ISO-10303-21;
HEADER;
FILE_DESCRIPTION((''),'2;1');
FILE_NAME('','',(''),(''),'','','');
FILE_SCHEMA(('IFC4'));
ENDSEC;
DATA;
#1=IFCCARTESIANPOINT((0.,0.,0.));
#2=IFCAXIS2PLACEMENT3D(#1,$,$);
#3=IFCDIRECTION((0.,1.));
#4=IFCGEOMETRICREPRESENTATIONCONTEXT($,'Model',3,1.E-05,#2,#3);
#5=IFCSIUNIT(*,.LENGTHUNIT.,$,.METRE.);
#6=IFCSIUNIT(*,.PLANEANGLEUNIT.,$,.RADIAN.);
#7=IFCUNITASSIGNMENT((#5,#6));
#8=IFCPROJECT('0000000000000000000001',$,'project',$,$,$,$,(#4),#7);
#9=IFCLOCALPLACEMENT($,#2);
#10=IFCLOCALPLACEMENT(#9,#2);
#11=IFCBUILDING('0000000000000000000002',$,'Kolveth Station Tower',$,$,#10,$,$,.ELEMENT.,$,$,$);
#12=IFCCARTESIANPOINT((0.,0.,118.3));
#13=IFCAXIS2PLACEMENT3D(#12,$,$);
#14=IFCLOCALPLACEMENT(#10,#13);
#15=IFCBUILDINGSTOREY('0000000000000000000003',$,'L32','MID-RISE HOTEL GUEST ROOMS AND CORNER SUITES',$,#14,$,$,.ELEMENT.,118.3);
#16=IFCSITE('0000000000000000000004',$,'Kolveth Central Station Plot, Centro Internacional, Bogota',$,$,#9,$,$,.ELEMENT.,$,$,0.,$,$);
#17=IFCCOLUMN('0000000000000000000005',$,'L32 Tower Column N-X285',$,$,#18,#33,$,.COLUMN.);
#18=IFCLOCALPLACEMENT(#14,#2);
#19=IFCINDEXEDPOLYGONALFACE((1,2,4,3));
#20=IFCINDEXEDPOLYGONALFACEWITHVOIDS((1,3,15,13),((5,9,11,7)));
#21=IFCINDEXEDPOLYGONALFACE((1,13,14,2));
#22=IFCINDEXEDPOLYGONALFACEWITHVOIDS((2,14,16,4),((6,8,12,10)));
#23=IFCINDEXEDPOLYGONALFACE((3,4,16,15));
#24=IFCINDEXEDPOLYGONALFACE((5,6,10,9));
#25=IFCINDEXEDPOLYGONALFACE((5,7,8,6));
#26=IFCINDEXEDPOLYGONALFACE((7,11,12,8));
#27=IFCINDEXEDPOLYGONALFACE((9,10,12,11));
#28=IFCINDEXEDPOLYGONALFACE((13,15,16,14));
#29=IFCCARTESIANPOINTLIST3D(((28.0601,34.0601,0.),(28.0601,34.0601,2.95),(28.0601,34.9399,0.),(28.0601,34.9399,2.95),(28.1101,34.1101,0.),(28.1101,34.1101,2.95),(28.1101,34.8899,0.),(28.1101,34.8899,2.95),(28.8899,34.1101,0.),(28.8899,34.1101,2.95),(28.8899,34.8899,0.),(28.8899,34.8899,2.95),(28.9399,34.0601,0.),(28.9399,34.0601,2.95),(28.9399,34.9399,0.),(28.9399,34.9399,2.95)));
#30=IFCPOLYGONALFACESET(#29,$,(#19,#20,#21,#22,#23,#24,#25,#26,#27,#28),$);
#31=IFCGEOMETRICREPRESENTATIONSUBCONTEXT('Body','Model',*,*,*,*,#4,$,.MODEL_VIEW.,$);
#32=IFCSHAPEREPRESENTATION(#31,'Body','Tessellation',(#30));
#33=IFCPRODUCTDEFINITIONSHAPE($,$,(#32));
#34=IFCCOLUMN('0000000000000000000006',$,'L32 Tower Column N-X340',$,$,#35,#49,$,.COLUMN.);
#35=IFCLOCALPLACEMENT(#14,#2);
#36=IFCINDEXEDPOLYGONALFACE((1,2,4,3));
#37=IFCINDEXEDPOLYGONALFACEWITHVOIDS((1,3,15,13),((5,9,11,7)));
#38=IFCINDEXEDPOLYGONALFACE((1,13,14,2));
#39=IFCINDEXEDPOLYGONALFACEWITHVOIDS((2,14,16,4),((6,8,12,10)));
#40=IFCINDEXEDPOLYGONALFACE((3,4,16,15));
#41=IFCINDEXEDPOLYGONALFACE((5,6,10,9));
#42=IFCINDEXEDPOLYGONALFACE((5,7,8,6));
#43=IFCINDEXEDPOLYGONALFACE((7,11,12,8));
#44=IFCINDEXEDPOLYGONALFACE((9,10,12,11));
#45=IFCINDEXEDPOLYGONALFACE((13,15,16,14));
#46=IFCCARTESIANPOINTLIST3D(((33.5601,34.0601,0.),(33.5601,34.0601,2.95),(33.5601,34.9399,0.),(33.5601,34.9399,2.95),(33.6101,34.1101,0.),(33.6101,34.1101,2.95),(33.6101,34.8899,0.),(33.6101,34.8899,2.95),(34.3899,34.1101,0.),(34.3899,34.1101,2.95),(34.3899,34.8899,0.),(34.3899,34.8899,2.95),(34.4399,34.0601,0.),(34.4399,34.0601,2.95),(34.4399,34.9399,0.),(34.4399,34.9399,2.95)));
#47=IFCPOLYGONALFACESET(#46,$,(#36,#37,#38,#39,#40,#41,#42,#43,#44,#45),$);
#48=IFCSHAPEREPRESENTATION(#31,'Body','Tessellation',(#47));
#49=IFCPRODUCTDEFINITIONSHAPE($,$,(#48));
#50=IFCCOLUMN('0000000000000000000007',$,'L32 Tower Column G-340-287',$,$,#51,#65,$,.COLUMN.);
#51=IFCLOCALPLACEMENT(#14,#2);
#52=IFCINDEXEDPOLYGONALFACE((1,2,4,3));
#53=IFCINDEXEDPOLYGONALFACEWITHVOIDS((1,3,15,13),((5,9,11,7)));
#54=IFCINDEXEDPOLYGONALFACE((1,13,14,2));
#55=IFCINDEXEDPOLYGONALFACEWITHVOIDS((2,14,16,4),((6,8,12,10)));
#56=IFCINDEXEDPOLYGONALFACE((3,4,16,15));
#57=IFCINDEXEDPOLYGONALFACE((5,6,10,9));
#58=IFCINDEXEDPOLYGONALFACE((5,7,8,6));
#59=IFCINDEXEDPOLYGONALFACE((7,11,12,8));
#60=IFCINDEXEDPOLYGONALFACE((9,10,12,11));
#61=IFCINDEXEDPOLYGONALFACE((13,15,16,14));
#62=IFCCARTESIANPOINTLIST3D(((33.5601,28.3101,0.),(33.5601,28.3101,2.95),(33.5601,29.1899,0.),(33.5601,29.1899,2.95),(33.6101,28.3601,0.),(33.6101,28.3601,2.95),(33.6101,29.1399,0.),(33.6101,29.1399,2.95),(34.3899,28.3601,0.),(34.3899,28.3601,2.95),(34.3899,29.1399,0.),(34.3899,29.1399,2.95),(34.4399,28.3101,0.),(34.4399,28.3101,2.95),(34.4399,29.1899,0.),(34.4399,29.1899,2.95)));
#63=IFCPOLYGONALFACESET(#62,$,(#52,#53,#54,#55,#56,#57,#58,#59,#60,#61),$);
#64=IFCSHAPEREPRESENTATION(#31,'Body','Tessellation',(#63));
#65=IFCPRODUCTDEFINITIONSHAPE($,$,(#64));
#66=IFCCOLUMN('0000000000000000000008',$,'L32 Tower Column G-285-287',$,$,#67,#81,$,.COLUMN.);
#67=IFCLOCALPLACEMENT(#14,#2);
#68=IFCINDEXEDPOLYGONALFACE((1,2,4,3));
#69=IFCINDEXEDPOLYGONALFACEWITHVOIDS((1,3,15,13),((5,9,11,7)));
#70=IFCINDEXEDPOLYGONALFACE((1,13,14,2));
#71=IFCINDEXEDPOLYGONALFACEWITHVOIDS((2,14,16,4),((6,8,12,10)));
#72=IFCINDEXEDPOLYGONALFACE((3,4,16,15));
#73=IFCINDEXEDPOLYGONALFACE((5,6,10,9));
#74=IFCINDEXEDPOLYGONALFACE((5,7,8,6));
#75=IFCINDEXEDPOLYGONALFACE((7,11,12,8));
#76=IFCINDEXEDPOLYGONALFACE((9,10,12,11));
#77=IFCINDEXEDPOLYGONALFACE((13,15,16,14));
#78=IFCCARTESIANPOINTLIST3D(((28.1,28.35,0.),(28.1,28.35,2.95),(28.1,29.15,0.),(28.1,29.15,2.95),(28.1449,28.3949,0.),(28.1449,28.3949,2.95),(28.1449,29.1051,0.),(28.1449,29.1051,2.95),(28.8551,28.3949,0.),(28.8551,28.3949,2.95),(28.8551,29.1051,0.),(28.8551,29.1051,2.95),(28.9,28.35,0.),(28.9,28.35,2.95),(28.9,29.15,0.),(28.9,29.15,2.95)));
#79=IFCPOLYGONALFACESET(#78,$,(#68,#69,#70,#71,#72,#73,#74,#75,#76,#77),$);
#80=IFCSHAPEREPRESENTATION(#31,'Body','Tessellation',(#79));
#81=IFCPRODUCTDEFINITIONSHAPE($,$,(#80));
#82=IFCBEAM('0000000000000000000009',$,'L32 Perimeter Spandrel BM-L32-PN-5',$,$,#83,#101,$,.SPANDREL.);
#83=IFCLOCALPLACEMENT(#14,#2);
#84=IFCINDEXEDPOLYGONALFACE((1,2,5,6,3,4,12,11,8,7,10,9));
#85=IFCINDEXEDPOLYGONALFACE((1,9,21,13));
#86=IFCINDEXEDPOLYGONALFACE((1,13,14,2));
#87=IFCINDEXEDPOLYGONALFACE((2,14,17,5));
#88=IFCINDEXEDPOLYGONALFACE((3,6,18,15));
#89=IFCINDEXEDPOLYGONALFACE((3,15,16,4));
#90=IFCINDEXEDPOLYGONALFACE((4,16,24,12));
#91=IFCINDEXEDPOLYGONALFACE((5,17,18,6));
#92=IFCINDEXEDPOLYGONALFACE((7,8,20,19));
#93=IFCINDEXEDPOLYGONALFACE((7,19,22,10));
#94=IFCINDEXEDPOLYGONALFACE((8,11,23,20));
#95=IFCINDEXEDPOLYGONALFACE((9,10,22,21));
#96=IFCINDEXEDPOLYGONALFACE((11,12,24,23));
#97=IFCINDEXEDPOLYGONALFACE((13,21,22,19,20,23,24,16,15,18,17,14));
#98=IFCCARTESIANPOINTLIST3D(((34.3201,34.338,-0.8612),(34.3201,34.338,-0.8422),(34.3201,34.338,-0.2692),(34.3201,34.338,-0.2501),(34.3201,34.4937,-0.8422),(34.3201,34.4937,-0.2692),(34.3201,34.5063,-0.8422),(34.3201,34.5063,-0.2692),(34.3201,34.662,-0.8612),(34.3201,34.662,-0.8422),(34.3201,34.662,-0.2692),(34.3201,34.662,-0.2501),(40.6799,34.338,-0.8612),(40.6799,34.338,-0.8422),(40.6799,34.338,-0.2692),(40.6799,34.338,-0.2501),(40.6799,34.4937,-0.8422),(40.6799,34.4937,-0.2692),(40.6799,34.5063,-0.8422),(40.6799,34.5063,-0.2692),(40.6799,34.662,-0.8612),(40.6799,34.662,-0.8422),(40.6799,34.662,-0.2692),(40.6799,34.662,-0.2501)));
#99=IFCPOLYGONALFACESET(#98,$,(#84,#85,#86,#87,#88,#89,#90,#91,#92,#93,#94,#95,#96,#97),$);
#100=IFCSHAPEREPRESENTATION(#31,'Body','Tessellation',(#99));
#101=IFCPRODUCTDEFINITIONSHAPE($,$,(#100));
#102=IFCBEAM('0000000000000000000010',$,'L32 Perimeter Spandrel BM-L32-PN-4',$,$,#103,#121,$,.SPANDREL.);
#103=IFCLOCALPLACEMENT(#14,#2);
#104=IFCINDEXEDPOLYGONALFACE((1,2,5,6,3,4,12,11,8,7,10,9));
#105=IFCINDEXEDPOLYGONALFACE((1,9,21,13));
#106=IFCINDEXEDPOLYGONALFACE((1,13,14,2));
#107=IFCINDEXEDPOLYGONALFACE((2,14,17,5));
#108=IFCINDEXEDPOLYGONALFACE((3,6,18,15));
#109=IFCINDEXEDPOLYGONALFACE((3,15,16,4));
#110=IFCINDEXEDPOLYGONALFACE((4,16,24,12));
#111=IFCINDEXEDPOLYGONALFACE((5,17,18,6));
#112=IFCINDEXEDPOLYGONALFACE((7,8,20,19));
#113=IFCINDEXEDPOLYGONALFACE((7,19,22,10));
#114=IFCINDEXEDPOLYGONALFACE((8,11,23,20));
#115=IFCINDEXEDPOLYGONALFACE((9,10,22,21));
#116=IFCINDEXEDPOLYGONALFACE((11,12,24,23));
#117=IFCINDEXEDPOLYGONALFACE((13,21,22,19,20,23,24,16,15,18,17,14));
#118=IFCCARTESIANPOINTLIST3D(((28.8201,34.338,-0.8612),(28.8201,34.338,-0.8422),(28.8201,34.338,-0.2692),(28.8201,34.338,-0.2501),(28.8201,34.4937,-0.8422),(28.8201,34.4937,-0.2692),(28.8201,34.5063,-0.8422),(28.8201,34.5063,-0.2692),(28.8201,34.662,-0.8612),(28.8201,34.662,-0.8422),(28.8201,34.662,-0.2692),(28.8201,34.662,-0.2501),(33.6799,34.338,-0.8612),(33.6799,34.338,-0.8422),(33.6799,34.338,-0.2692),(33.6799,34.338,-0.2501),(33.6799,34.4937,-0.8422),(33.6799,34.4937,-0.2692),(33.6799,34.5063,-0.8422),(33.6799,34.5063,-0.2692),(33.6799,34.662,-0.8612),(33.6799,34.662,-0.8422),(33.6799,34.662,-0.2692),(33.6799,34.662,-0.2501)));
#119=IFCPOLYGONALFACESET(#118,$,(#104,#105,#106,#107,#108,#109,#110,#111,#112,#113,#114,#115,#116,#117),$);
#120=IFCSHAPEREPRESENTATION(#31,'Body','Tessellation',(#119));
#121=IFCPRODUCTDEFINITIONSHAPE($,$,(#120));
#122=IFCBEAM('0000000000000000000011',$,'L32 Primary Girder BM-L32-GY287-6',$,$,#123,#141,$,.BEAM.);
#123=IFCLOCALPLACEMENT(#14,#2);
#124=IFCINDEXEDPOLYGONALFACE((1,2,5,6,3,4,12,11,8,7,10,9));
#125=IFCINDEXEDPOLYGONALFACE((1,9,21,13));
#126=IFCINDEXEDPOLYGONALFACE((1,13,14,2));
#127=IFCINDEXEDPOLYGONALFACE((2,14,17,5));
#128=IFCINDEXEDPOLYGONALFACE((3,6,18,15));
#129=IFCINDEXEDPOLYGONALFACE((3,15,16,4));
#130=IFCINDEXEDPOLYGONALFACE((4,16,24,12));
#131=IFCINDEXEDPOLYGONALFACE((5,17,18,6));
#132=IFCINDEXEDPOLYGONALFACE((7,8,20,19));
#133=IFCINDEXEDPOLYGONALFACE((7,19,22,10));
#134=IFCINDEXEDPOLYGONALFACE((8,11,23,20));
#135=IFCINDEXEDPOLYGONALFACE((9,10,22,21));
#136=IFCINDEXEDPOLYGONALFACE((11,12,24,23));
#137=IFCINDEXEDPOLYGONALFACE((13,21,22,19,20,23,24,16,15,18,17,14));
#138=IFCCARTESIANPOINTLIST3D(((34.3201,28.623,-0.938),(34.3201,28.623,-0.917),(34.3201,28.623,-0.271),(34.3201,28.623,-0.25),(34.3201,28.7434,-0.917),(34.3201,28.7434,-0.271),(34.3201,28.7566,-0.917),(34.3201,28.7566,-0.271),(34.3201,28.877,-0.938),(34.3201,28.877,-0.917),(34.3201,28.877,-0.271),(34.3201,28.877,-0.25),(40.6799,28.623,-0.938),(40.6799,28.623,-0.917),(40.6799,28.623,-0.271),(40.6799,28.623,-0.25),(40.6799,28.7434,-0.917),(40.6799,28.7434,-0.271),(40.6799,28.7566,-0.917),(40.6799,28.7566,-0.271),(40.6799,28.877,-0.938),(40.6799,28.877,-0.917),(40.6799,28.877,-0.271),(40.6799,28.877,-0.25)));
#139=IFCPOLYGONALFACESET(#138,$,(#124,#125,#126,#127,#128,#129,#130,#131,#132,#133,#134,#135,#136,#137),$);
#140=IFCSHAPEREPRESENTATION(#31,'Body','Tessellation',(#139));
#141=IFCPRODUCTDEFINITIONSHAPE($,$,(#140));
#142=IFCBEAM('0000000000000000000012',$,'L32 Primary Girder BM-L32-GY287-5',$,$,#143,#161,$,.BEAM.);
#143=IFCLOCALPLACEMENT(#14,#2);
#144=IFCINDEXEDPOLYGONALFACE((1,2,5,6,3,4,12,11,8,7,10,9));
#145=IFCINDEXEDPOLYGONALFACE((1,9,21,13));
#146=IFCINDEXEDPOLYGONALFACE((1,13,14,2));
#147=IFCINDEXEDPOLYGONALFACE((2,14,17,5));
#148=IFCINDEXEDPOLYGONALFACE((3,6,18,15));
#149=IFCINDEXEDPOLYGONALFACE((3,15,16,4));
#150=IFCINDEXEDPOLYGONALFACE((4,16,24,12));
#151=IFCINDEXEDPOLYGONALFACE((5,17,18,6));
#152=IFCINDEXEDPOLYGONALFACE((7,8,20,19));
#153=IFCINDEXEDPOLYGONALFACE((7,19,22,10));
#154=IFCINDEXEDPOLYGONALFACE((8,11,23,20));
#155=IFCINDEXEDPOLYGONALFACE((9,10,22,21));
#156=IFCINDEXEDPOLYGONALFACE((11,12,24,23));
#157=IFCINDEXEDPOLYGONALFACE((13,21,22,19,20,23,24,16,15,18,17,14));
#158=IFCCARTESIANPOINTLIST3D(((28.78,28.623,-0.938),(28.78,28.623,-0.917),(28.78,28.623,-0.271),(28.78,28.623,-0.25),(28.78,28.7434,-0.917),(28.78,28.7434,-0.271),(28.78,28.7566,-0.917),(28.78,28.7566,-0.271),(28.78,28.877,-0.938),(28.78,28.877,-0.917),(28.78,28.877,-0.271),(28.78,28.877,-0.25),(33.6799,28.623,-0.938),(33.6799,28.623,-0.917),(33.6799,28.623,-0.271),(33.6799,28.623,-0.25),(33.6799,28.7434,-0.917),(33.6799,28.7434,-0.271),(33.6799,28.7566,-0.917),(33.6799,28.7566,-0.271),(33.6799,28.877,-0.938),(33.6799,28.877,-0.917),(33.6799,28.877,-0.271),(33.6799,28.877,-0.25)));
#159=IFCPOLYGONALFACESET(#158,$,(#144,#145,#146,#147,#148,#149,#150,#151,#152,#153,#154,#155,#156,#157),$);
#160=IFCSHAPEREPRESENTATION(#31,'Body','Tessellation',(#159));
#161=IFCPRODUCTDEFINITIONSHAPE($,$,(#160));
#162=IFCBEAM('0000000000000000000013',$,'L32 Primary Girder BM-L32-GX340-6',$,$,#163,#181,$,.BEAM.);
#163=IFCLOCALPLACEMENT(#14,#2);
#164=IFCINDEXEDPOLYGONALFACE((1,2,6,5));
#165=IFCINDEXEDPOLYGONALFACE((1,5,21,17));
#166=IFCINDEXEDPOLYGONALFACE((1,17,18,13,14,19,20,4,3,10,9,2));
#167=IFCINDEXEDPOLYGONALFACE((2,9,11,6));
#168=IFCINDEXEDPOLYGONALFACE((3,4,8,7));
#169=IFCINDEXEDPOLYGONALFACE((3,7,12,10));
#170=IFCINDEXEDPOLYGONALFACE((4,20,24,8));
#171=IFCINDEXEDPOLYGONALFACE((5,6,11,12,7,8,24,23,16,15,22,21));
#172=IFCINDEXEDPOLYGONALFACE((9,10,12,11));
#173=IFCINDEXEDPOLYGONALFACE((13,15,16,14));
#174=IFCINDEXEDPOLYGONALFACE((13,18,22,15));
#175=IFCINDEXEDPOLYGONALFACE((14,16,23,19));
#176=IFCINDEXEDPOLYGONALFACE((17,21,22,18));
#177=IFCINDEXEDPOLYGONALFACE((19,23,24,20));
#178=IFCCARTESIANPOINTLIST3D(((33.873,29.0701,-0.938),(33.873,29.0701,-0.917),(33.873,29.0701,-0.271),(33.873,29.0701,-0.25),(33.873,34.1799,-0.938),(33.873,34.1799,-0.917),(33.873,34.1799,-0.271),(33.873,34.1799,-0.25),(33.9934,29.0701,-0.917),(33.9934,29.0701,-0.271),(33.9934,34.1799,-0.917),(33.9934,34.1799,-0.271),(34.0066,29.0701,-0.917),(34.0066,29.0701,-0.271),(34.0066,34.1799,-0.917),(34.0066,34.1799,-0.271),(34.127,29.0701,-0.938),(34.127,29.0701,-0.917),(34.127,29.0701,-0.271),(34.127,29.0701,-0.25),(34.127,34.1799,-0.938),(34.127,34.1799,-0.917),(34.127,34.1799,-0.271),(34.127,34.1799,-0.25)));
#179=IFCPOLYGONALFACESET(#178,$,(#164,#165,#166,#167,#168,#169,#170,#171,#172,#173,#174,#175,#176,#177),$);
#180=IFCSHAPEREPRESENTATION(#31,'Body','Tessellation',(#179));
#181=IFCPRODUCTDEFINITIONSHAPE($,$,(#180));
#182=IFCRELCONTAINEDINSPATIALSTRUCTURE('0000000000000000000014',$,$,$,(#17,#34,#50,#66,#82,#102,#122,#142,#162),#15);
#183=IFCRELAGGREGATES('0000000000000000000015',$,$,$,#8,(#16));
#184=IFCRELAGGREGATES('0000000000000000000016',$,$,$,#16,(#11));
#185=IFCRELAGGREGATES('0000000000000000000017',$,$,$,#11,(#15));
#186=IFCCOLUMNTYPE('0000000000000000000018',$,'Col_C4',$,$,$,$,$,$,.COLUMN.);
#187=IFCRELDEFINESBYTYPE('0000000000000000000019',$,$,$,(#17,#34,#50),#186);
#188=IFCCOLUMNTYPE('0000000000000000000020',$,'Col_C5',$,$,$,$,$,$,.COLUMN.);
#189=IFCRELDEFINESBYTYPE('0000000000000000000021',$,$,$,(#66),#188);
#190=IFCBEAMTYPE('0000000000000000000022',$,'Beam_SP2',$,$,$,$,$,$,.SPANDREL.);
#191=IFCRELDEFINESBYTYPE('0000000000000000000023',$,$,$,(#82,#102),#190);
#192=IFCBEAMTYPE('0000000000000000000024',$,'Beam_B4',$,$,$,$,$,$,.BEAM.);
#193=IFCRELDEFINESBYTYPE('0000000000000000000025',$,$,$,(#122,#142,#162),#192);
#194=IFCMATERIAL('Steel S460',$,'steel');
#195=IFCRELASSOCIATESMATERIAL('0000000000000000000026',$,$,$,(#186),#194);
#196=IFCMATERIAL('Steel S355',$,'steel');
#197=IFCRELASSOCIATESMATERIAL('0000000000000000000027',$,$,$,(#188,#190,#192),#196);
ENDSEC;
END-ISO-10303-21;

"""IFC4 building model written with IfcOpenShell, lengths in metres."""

from ifc_helpers import new_model, si_unit, direction, frame, origin, origin_2d, place, context, subcontext, project, spatial, hollow_rectangle, i_section, extrude, source, transform, mapped, material, material_profile, profile_set, type_object, element, save


model = new_model("IFC4")

# Units and contexts
model_context = context("Model", 3, precision=1e-05, world=origin(), true_north=direction((0.0, 1.0)))
body_context = subcontext(model_context, "Body", "Model", "MODEL_VIEW")
ifc_project = project(units=[si_unit("LENGTHUNIT", "METRE"), si_unit("PLANEANGLEUNIT", "RADIAN")], contexts=[model_context])

# Site, building, storey
site_placement = place(None, origin())
site = spatial("IfcSite", under=ifc_project, at=site_placement, Name="Kolveth Central Station Plot, Centro Internacional, Bogota", CompositionType="ELEMENT", RefElevation=0.0)
building_placement = place(site_placement, origin())
building = spatial("IfcBuilding", under=site, at=building_placement, Name="Kolveth Station Tower", CompositionType="ELEMENT")
storey_placement = place(building_placement, frame((0.0, 0.0, 118.3)))
storey = spatial("IfcBuildingStorey", under=building, at=storey_placement, Name="L32", Description="MID-RISE HOTEL GUEST ROOMS AND CORNER SUITES", CompositionType="ELEMENT", Elevation=118.3)

# Columns
ifc_material_1 = material(Name="Steel S460", Category="steel")
ifc_material_profile_1 = material_profile(ifc_material_1, hollow_rectangle(XDim=0.8799, YDim=0.8799, WallThickness=0.05, at=origin_2d()), Name="BOX880x880x50")
ifc_profile_set_1 = profile_set([ifc_material_profile_1], Name="Steel S460")
column_type_1 = type_object("IfcColumnType", Name="Col_C4", PredefinedType="COLUMN", material=ifc_profile_set_1)
shared_shape_1 = source(origin(), body_context, "Body", "SweptSolid", [
    extrude(hollow_rectangle(XDim=0.8799, YDim=0.8799, WallThickness=0.05, at=origin_2d()), origin(), (0.0, 0.0, 1.0), 2.95),
])
for number, where, z_axis, x_axis, name in (
    (1, (28.5, 34.5, 0.0), (0.0, 0.0, 1.0), (1.0, 0.0, 0.0), "L32 Tower Column N-X285"),
    (2, (34.0, 34.5, 0.0), (0.0, 0.0, 1.0), (1.0, 0.0, 0.0), "L32 Tower Column N-X340"),
    (3, (34.0, 28.75, 0.0), (0.0, 0.0, 1.0), (1.0, 0.0, 0.0), "L32 Tower Column G-340-287"),
):
    element("IfcColumn", number, at=place(storey_placement, frame(where, z_axis=z_axis, x_axis=x_axis)), inside=storey, type_object=column_type_1, Name=name, PredefinedType="COLUMN", context=body_context, shape_type="MappedRepresentation", body=[
        mapped(shared_shape_1, transform((0.0, 0.0, 0.0), x_axis=(1.0, 0.0, 0.0), y_axis=(0.0, 1.0, 0.0), z_axis=(0.0, 0.0, 1.0), scale=1.0)),
    ])
ifc_material_2 = material(Name="Steel S355", Category="steel")
ifc_material_profile_2 = material_profile(ifc_material_2, hollow_rectangle(XDim=0.8, YDim=0.8, WallThickness=0.0449, at=origin_2d()), Name="BOX800x800x45")
ifc_profile_set_2 = profile_set([ifc_material_profile_2], Name="Steel S355")
column_type_2 = type_object("IfcColumnType", Name="Col_C5", PredefinedType="COLUMN", material=ifc_profile_set_2)
shared_shape_2 = source(origin(), body_context, "Body", "SweptSolid", [
    extrude(hollow_rectangle(XDim=0.8, YDim=0.8, WallThickness=0.0449, at=origin_2d()), origin(), (0.0, 0.0, 1.0), 2.95),
])
column_placement = place(storey_placement, frame((28.5, 28.75, 0.0), z_axis=(0.0, 0.0, 1.0), x_axis=(1.0, 0.0, 0.0)))
element("IfcColumn", 4, at=column_placement, inside=storey, type_object=column_type_2, Name="L32 Tower Column G-285-287", PredefinedType="COLUMN", context=body_context, shape_type="MappedRepresentation", body=[
    mapped(shared_shape_2, transform((0.0, 0.0, 0.0), x_axis=(1.0, 0.0, 0.0), y_axis=(0.0, 1.0, 0.0), z_axis=(0.0, 0.0, 1.0), scale=1.0)),
])

# Beams
ifc_material_profile_3 = material_profile(ifc_material_2, i_section(OverallWidth=0.324, OverallDepth=0.6111, WebThickness=0.0127, FlangeThickness=0.019, at=origin_2d()), Name="W610x155")
ifc_profile_set_3 = profile_set([ifc_material_profile_3], Name="Steel S355")
beam_type_1 = type_object("IfcBeamType", Name="Beam_SP2", PredefinedType="SPANDREL", material=ifc_profile_set_3)
shared_shape_3 = source(origin(), body_context, "Body", "SweptSolid", [
    extrude(i_section(OverallWidth=0.324, OverallDepth=0.6111, WebThickness=0.0127, FlangeThickness=0.019, at=origin_2d()), origin(), (0.0, 0.0, 1.0), 6.3599),
])
beam_1_placement = place(storey_placement, frame((34.3201, 34.5, -0.5557), z_axis=(1.0, 0.0, 0.0), x_axis=(0.0, 1.0, 0.0)))
element("IfcBeam", 5, at=beam_1_placement, inside=storey, type_object=beam_type_1, Name="L32 Perimeter Spandrel BM-L32-PN-5", PredefinedType="SPANDREL", context=body_context, shape_type="MappedRepresentation", body=[
    mapped(shared_shape_3, transform((0.0, 0.0, 0.0), x_axis=(1.0, 0.0, 0.0), y_axis=(0.0, 1.0, 0.0), z_axis=(0.0, 0.0, 1.0), scale=1.0)),
])
shared_shape_4 = source(origin(), body_context, "Body", "SweptSolid", [
    extrude(i_section(OverallWidth=0.324, OverallDepth=0.6111, WebThickness=0.0127, FlangeThickness=0.019, at=origin_2d()), origin(), (0.0, 0.0, 1.0), 4.8599),
])
beam_2_placement = place(storey_placement, frame((28.8201, 34.5, -0.5557), z_axis=(1.0, 0.0, 0.0), x_axis=(0.0, 1.0, 0.0)))
element("IfcBeam", 6, at=beam_2_placement, inside=storey, type_object=beam_type_1, Name="L32 Perimeter Spandrel BM-L32-PN-4", PredefinedType="SPANDREL", context=body_context, shape_type="MappedRepresentation", body=[
    mapped(shared_shape_4, transform((0.0, 0.0, 0.0), x_axis=(1.0, 0.0, 0.0), y_axis=(0.0, 1.0, 0.0), z_axis=(0.0, 0.0, 1.0), scale=1.0)),
])
ifc_material_profile_4 = material_profile(ifc_material_2, i_section(OverallWidth=0.2539, OverallDepth=0.688, WebThickness=0.0132, FlangeThickness=0.021, at=origin_2d()), Name="W690x152")
ifc_profile_set_4 = profile_set([ifc_material_profile_4], Name="Steel S355")
beam_type_2 = type_object("IfcBeamType", Name="Beam_B4", PredefinedType="BEAM", material=ifc_profile_set_4)
shared_shape_5 = source(origin(), body_context, "Body", "SweptSolid", [
    extrude(i_section(OverallWidth=0.2539, OverallDepth=0.688, WebThickness=0.0132, FlangeThickness=0.021, at=origin_2d()), origin(), (0.0, 0.0, 1.0), 6.3599),
])
beam_3_placement = place(storey_placement, frame((34.3201, 28.75, -0.594), z_axis=(1.0, 0.0, 0.0), x_axis=(0.0, 1.0, 0.0)))
element("IfcBeam", 7, at=beam_3_placement, inside=storey, type_object=beam_type_2, Name="L32 Primary Girder BM-L32-GY287-6", PredefinedType="BEAM", context=body_context, shape_type="MappedRepresentation", body=[
    mapped(shared_shape_5, transform((0.0, 0.0, 0.0), x_axis=(1.0, 0.0, 0.0), y_axis=(0.0, 1.0, 0.0), z_axis=(0.0, 0.0, 1.0), scale=1.0)),
])
shared_shape_6 = source(origin(), body_context, "Body", "SweptSolid", [
    extrude(i_section(OverallWidth=0.2539, OverallDepth=0.688, WebThickness=0.0132, FlangeThickness=0.021, at=origin_2d()), origin(), (0.0, 0.0, 1.0), 4.8999),
])
beam_4_placement = place(storey_placement, frame((28.78, 28.75, -0.594), z_axis=(1.0, 0.0, 0.0), x_axis=(0.0, 1.0, 0.0)))
element("IfcBeam", 8, at=beam_4_placement, inside=storey, type_object=beam_type_2, Name="L32 Primary Girder BM-L32-GY287-5", PredefinedType="BEAM", context=body_context, shape_type="MappedRepresentation", body=[
    mapped(shared_shape_6, transform((0.0, 0.0, 0.0), x_axis=(1.0, 0.0, 0.0), y_axis=(0.0, 1.0, 0.0), z_axis=(0.0, 0.0, 1.0), scale=1.0)),
])
shared_shape_7 = source(origin(), body_context, "Body", "SweptSolid", [
    extrude(i_section(OverallWidth=0.2539, OverallDepth=0.688, WebThickness=0.0132, FlangeThickness=0.021, at=origin_2d()), origin(), (0.0, 0.0, 1.0), 5.1099),
])
beam_5_placement = place(storey_placement, frame((34.0, 29.0701, -0.594), z_axis=(0.0, 1.0, 0.0), x_axis=(-1.0, 0.0, 0.0)))
element("IfcBeam", 9, at=beam_5_placement, inside=storey, type_object=beam_type_2, Name="L32 Primary Girder BM-L32-GX340-6", PredefinedType="BEAM", context=body_context, shape_type="MappedRepresentation", body=[
    mapped(shared_shape_7, transform((0.0, 0.0, 0.0), x_axis=(1.0, 0.0, 0.0), y_axis=(0.0, 1.0, 0.0), z_axis=(0.0, 0.0, 1.0), scale=1.0)),
])

save(model, "model.ifc")
